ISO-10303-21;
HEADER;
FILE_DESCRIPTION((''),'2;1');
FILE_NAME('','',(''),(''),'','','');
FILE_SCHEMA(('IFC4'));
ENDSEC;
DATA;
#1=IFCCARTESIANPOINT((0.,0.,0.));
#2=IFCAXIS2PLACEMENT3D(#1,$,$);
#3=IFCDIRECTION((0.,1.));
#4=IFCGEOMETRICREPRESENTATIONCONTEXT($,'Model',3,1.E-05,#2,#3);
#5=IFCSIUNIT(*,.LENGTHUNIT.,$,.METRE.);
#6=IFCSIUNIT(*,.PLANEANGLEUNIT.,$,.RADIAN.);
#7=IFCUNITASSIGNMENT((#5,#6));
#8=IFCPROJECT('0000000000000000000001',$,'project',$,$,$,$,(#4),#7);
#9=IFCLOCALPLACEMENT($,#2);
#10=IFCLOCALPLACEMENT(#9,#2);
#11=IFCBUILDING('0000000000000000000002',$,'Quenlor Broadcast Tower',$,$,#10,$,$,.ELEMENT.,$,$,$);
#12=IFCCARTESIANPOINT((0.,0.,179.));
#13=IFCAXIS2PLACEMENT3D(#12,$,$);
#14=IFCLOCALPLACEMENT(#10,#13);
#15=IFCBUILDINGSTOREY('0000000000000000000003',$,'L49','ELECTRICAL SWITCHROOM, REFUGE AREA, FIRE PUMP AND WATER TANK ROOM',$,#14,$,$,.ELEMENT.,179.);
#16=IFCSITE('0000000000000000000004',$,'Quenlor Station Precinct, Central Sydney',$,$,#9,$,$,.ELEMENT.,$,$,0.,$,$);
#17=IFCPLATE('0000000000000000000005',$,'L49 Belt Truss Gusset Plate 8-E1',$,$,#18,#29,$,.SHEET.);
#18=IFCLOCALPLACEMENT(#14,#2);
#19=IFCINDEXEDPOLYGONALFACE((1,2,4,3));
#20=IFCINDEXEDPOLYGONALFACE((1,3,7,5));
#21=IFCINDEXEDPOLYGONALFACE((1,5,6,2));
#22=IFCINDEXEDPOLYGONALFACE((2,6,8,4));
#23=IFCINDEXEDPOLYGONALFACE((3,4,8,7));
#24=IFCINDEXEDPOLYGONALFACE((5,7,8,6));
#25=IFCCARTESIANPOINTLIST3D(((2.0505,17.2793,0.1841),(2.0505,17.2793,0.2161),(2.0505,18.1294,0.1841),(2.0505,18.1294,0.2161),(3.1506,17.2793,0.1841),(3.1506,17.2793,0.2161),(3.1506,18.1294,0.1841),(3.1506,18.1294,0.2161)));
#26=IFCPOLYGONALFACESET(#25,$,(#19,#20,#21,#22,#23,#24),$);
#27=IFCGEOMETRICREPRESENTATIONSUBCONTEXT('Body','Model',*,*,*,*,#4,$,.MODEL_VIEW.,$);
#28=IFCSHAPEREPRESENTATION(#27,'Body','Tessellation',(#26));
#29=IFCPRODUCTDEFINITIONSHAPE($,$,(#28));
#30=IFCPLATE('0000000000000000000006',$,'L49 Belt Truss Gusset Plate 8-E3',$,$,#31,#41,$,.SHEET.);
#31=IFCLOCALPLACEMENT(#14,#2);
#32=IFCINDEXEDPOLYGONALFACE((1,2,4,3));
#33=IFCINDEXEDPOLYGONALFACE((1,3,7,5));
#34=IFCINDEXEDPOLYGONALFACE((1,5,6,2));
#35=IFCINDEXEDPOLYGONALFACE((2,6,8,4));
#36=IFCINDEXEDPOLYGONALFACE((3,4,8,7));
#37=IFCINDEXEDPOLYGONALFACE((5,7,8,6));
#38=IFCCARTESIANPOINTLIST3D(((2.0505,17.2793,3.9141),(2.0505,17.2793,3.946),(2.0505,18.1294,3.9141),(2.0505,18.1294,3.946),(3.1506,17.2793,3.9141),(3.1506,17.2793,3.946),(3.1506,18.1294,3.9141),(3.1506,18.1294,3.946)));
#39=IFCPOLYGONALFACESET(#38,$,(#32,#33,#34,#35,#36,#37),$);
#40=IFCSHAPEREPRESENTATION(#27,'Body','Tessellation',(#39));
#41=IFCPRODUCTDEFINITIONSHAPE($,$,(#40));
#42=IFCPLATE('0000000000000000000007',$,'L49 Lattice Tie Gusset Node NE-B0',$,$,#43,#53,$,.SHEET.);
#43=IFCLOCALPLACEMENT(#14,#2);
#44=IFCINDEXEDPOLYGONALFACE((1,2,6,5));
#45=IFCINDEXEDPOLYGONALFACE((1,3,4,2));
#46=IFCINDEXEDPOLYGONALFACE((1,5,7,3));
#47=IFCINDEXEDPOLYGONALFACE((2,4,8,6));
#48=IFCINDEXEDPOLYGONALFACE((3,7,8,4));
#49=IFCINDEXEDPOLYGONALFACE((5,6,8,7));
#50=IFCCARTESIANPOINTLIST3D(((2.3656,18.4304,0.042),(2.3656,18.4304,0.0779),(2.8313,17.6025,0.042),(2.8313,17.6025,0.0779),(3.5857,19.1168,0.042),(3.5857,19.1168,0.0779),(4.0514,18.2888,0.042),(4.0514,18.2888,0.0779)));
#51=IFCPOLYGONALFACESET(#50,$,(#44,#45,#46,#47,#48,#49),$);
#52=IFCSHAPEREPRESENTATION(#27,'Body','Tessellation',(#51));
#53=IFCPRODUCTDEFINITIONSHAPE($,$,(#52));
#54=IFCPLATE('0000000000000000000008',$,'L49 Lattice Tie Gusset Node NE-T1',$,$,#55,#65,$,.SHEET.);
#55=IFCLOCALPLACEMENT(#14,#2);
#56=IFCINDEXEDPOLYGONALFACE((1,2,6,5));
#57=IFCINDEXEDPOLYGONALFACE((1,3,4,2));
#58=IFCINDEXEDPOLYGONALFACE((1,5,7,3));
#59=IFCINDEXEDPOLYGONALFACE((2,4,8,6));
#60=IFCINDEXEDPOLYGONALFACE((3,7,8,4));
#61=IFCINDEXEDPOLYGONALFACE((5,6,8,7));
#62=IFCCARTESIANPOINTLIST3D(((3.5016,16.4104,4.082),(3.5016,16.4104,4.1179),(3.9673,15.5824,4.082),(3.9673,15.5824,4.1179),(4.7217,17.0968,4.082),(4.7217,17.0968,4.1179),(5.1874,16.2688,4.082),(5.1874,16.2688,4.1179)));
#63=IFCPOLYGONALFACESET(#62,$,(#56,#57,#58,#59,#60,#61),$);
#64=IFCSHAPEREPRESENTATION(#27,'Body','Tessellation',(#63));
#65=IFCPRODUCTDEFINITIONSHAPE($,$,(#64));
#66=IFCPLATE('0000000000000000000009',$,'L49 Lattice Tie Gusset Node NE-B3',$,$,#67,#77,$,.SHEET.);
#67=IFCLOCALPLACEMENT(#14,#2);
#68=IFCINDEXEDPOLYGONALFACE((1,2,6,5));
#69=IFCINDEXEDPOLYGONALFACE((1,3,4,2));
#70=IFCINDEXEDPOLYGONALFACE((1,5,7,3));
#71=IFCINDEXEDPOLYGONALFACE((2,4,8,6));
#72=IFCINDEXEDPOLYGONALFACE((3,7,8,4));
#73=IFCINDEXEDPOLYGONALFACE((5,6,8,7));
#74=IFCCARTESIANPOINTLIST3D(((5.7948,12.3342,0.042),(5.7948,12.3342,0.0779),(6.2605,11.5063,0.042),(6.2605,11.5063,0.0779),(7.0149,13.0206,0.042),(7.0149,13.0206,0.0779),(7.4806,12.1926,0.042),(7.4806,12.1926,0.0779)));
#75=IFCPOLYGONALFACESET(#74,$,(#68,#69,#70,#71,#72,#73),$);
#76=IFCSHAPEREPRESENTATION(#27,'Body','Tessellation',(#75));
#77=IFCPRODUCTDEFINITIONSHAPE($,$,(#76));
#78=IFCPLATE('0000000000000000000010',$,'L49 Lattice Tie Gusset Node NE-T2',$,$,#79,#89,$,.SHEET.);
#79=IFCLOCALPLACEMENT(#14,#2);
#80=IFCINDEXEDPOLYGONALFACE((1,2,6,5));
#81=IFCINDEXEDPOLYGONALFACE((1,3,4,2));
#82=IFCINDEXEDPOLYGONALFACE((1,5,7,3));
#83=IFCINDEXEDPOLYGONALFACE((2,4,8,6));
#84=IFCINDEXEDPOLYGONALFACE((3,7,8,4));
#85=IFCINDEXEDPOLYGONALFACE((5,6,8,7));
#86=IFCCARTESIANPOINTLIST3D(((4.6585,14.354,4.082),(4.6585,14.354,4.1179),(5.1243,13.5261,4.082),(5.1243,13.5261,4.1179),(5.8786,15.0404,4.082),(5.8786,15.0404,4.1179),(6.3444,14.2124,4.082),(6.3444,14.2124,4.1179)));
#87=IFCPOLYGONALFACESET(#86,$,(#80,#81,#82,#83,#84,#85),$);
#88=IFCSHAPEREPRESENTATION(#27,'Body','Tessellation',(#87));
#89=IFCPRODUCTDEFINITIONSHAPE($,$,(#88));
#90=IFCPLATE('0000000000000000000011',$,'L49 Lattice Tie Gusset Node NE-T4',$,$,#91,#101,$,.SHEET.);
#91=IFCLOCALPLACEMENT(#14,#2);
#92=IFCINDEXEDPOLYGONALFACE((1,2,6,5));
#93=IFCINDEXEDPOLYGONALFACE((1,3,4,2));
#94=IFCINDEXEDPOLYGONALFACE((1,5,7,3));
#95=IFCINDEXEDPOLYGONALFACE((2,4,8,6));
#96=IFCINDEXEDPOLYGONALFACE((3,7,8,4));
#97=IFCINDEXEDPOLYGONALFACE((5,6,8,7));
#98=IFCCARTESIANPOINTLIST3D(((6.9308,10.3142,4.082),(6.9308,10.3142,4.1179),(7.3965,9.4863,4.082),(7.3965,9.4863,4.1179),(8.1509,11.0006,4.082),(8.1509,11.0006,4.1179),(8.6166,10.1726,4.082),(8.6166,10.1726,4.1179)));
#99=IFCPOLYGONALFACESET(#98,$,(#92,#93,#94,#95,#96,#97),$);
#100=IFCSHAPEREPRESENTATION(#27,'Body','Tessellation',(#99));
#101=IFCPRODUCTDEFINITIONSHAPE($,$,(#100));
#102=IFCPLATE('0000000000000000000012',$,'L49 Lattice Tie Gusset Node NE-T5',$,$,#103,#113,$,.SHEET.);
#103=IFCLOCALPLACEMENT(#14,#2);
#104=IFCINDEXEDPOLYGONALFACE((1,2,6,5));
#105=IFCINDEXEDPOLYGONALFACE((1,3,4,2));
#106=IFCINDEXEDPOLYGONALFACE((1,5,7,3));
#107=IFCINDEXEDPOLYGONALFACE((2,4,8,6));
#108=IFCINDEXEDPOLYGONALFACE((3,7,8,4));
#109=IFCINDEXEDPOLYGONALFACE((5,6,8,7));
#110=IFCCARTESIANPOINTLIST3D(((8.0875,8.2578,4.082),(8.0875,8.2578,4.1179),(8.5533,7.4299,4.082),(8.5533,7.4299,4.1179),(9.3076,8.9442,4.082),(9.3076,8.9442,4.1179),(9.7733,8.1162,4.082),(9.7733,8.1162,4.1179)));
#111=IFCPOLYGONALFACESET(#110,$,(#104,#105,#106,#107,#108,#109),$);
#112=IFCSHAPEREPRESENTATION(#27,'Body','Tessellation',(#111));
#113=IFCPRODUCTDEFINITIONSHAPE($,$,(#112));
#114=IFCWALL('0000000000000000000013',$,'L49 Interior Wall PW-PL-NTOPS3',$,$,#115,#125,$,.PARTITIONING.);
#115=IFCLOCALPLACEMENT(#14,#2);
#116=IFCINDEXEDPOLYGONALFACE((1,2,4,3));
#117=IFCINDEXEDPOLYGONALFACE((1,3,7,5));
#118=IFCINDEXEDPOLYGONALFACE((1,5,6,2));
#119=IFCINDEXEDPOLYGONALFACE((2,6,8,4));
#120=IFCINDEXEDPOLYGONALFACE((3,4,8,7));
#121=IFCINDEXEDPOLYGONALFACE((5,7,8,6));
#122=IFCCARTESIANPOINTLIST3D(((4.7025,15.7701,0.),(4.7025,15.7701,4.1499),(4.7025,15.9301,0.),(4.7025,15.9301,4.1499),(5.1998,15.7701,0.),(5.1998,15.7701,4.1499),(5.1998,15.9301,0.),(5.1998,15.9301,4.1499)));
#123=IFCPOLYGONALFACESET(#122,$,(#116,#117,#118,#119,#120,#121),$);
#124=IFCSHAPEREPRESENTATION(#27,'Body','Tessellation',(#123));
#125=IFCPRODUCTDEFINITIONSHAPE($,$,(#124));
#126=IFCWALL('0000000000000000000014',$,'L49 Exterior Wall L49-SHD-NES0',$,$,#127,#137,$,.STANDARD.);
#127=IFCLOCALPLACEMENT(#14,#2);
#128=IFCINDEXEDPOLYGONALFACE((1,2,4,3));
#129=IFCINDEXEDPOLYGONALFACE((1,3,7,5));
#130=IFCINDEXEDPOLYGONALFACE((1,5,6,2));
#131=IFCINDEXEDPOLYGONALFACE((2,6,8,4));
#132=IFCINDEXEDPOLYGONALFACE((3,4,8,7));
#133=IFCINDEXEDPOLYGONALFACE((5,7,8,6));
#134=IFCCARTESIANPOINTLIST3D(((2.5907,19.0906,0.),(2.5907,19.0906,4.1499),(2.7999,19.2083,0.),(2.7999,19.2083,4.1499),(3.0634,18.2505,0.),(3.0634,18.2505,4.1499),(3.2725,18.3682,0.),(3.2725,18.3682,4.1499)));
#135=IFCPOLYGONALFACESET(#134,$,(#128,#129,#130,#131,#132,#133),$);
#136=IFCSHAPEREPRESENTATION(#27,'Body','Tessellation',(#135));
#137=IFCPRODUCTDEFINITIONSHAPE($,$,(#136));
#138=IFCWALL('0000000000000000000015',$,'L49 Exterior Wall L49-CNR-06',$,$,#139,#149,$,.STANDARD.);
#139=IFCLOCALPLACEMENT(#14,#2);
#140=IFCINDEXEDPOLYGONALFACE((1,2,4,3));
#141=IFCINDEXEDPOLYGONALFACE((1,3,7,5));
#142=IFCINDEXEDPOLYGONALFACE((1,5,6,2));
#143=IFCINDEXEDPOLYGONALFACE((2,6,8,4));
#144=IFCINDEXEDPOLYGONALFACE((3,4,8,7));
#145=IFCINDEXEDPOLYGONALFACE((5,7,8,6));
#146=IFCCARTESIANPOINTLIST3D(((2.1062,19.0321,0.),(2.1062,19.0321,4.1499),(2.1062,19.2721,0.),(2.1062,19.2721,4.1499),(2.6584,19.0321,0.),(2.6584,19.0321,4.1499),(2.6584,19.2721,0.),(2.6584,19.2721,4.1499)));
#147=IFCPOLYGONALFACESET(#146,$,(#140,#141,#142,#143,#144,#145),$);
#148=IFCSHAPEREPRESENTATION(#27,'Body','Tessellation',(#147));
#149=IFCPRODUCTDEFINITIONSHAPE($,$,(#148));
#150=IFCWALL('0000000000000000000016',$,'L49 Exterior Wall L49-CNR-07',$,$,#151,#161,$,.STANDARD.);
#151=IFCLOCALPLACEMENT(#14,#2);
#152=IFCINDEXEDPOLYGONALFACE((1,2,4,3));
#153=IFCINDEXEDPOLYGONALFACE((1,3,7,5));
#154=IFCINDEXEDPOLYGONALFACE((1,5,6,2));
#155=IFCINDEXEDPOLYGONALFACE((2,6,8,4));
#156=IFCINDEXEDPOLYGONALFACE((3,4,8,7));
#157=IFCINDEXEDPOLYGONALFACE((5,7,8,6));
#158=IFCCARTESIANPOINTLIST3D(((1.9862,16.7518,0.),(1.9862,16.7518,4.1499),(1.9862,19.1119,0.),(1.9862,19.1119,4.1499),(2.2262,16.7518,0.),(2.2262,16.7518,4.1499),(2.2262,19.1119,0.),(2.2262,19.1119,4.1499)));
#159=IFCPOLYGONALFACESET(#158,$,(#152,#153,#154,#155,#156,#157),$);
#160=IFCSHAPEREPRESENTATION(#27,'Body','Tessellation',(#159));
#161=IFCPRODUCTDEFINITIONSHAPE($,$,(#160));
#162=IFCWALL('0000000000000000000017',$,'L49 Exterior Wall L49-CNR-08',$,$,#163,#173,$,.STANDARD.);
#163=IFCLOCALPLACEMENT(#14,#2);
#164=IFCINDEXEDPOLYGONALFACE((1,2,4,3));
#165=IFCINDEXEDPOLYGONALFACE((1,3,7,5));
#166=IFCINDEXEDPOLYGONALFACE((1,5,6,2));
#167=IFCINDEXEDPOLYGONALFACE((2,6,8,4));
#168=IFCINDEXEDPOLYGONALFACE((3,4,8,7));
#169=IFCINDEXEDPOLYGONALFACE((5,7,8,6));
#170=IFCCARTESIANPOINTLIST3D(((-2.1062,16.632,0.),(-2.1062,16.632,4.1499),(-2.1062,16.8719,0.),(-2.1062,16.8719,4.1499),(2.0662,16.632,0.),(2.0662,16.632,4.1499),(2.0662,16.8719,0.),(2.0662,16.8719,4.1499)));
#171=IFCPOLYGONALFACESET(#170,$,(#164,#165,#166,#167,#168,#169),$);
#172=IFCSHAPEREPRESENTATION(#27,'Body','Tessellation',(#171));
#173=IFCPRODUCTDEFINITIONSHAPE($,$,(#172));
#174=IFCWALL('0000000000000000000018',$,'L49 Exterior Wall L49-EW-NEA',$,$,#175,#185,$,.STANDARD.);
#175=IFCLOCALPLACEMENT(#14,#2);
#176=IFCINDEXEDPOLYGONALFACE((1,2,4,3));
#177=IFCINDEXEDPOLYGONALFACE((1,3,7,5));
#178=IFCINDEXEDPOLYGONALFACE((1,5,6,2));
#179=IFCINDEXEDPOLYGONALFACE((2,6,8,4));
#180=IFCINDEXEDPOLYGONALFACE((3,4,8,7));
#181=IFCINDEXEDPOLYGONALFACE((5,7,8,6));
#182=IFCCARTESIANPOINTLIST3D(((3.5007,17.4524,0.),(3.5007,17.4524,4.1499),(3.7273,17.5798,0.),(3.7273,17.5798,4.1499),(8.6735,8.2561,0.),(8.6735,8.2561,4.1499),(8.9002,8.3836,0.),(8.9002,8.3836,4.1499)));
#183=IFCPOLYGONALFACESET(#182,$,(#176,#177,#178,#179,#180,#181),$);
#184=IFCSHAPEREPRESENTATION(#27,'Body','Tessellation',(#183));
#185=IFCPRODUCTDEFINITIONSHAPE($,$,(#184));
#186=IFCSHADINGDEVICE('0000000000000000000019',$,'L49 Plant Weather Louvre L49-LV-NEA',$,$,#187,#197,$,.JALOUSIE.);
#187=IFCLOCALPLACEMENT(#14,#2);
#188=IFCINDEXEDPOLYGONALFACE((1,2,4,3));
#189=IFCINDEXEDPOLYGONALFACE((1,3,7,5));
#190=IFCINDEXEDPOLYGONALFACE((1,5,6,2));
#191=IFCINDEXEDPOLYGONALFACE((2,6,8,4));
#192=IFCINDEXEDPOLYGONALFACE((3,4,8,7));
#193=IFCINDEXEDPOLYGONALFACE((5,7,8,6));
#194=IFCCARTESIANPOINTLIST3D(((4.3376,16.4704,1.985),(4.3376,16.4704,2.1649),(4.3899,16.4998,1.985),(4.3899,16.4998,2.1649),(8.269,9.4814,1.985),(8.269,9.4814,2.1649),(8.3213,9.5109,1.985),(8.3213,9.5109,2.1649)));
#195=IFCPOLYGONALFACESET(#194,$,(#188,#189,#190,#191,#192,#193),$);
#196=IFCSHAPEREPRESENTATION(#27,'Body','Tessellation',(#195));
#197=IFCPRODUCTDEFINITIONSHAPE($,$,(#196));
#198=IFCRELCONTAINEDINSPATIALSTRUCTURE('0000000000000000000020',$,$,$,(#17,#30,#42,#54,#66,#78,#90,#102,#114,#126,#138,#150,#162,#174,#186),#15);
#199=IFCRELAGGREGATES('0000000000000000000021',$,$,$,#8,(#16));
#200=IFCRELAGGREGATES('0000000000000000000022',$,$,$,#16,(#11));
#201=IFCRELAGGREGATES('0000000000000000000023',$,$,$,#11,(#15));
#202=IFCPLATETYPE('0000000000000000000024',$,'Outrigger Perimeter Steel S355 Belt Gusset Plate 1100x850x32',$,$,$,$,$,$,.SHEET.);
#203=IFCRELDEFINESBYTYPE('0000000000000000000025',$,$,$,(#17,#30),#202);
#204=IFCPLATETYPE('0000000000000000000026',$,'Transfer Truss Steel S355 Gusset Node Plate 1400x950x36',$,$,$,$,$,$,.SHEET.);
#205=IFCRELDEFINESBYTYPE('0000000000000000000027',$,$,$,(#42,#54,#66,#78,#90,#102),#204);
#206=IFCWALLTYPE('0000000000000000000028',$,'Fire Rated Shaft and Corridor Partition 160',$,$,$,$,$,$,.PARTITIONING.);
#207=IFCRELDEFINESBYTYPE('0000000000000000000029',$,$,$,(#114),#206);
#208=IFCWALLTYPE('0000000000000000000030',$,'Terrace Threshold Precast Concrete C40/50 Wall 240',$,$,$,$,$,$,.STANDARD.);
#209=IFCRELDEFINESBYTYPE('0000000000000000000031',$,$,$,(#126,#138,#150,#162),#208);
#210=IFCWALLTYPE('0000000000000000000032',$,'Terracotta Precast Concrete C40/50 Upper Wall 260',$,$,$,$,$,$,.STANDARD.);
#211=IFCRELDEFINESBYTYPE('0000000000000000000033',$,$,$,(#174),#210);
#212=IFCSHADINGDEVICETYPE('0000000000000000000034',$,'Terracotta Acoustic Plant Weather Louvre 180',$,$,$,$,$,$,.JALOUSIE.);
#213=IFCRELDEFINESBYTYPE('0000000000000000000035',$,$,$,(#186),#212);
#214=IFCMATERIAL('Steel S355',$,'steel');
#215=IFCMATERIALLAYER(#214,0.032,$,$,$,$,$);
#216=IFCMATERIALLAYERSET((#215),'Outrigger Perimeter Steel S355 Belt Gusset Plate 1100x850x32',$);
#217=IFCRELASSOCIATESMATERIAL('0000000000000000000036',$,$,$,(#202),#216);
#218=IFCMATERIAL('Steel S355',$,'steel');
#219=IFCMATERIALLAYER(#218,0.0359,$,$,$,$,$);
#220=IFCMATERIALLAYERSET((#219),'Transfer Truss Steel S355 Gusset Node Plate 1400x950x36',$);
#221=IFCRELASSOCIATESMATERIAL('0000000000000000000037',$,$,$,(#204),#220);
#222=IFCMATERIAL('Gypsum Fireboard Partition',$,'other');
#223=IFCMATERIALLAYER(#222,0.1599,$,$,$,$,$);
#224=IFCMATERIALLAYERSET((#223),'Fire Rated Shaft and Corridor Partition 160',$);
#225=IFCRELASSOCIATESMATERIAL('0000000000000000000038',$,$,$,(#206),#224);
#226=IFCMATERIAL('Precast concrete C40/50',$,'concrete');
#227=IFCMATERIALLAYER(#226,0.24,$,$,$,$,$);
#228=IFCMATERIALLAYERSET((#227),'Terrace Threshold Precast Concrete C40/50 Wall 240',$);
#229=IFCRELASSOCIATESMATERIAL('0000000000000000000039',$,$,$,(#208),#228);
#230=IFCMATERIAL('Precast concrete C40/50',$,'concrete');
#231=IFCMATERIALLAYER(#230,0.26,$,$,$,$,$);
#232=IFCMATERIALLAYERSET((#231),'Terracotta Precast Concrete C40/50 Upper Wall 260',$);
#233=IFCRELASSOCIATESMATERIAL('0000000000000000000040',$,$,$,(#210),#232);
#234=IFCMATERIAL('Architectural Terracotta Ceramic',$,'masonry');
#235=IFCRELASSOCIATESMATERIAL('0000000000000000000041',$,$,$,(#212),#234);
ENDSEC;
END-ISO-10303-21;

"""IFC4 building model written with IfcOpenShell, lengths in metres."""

from ifc_helpers import new_model, si_unit, direction, frame, frame_2d, origin, origin_2d, place, context, subcontext, project, spatial, rectangle, extrude, material, layer, layer_set, material_profile, profile_set, type_object, element, save


model = new_model("IFC4")

# Units and contexts
model_context = context("Model", 3, precision=1e-05, world=origin(), true_north=direction((0.0, 1.0)))
body_context = subcontext(model_context, "Body", "Model", "MODEL_VIEW")
ifc_project = project(units=[si_unit("LENGTHUNIT", "METRE"), si_unit("PLANEANGLEUNIT", "RADIAN")], contexts=[model_context])

# Site, building, storey
site_placement = place(None, origin())
site = spatial("IfcSite", under=ifc_project, at=site_placement, Name="Quenlor Station Precinct, Central Sydney", CompositionType="ELEMENT", RefElevation=0.0)
building_placement = place(site_placement, origin())
building = spatial("IfcBuilding", under=site, at=building_placement, Name="Quenlor Broadcast Tower", CompositionType="ELEMENT")
storey_placement = place(building_placement, frame((0.0, 0.0, 179.0)))
storey = spatial("IfcBuildingStorey", under=building, at=storey_placement, Name="L49", Description="ELECTRICAL SWITCHROOM, REFUGE AREA, FIRE PUMP AND WATER TANK ROOM", CompositionType="ELEMENT", Elevation=179.0)

# Plates
ifc_material_1 = material(Name="Steel S355", Category="steel")
ifc_layer_1 = layer(ifc_material_1, 0.032)
ifc_layer_set_1 = layer_set([ifc_layer_1], Name="Outrigger Perimeter Steel S355 Belt Gusset Plate 1100x850x32")
plate_type_1 = type_object("IfcPlateType", Name="Outrigger Perimeter Steel S355 Belt Gusset Plate 1100x850x32", PredefinedType="SHEET", material=ifc_layer_set_1)
for number, where, z_axis, x_axis, name in (
    (1, (2.6006, 17.7043, 0.1841), (0.0, 0.0, 1.0), (1.0, 0.0, 0.0), "L49 Belt Truss Gusset Plate 8-E1"),
    (2, (2.6006, 17.7043, 3.9141), (0.0, 0.0, 1.0), (1.0, 0.0, 0.0), "L49 Belt Truss Gusset Plate 8-E3"),
):
    element("IfcPlate", number, at=place(storey_placement, frame(where, z_axis=z_axis, x_axis=x_axis)), inside=storey, type_object=plate_type_1, Name=name, PredefinedType="SHEET", context=body_context, shape_type="SweptSolid", body=[
        extrude(rectangle(XDim=1.1001, YDim=0.8501, at=origin_2d()), origin(), (0.0, 0.0, 1.0), 0.032),
    ])
ifc_material_2 = material(Name="Steel S355", Category="steel")
ifc_layer_2 = layer(ifc_material_2, 0.0359)
ifc_layer_set_2 = layer_set([ifc_layer_2], Name="Transfer Truss Steel S355 Gusset Node Plate 1400x950x36")
plate_type_2 = type_object("IfcPlateType", Name="Transfer Truss Steel S355 Gusset Node Plate 1400x950x36", PredefinedType="SHEET", material=ifc_layer_set_2)
for number, where, z_axis, x_axis, name in (
    (3, (3.2085, 18.3596, 0.042), (0.0, 0.0, 1.0), (0.871556, 0.490295, 0.0), "L49 Lattice Tie Gusset Node NE-B0"),
    (4, (4.3445, 16.3396, 4.082), (0.0, 0.0, 1.0), (0.871556, 0.490295, 0.0), "L49 Lattice Tie Gusset Node NE-T1"),
    (5, (6.6377, 12.2634, 0.042), (0.0, 0.0, 1.0), (0.871556, 0.490295, 0.0), "L49 Lattice Tie Gusset Node NE-B3"),
    (6, (5.5015, 14.2832, 4.082), (0.0, 0.0, 1.0), (0.871556, 0.490295, 0.0), "L49 Lattice Tie Gusset Node NE-T2"),
    (7, (7.7737, 10.2434, 4.082), (0.0, 0.0, 1.0), (0.871556, 0.490295, 0.0), "L49 Lattice Tie Gusset Node NE-T4"),
    (8, (8.9304, 8.187, 4.082), (0.0, 0.0, 1.0), (0.871556, 0.490295, 0.0), "L49 Lattice Tie Gusset Node NE-T5"),
):
    element("IfcPlate", number, at=place(storey_placement, frame(where, z_axis=z_axis, x_axis=x_axis)), inside=storey, type_object=plate_type_2, Name=name, PredefinedType="SHEET", context=body_context, shape_type="SweptSolid", body=[
        extrude(rectangle(XDim=1.3999, YDim=0.95, at=origin_2d()), origin(), (0.0, 0.0, 1.0), 0.0359),
    ])

# Walls
ifc_material_3 = material(Name="Gypsum Fireboard Partition", Category="other")
ifc_layer_3 = layer(ifc_material_3, 0.1599)
ifc_layer_set_3 = layer_set([ifc_layer_3], Name="Fire Rated Shaft and Corridor Partition 160")
wall_type_1 = type_object("IfcWallType", Name="Fire Rated Shaft and Corridor Partition 160", PredefinedType="PARTITIONING", material=ifc_layer_set_3)
wall_1_placement = place(storey_placement, frame((4.7026, 15.8501, 0.0), z_axis=(0.0, 0.0, 1.0), x_axis=(1.0, 0.0, 0.0)))
element("IfcWall", 9, at=wall_1_placement, inside=storey, type_object=wall_type_1, Name="L49 Interior Wall PW-PL-NTOPS3", PredefinedType="PARTITIONING", context=body_context, shape_type="SweptSolid", body=[
    extrude(rectangle(XDim=0.4973, YDim=0.1599, at=frame_2d((0.2485, 0.0))), origin(), (0.0, 0.0, 1.0), 4.1499),
])
ifc_material_4 = material(Name="Precast concrete C40/50", Category="concrete")
ifc_layer_4 = layer(ifc_material_4, 0.24)
ifc_layer_set_4 = layer_set([ifc_layer_4], Name="Terrace Threshold Precast Concrete C40/50 Wall 240")
wall_type_2 = type_object("IfcWallType", Name="Terrace Threshold Precast Concrete C40/50 Wall 240", PredefinedType="STANDARD", material=ifc_layer_set_4)
wall_2_placement = place(storey_placement, frame((2.6953, 19.1494, 0.0), z_axis=(0.0, 0.0, 1.0), x_axis=(0.490345, -0.871528, 0.0)))
element("IfcWall", 10, at=wall_2_placement, inside=storey, type_object=wall_type_2, Name="L49 Exterior Wall L49-SHD-NES0", PredefinedType="STANDARD", context=body_context, shape_type="SweptSolid", body=[
    extrude(rectangle(XDim=0.9639, YDim=0.24, at=frame_2d((0.4819, 0.0))), origin(), (0.0, 0.0, 1.0), 4.1499),
])
wall_3_placement = place(storey_placement, frame((2.6584, 19.1521, 0.0), z_axis=(0.0, 0.0, 1.0), x_axis=(-1.0, 0.0, 0.0)))
element("IfcWall", 11, at=wall_3_placement, inside=storey, type_object=wall_type_2, Name="L49 Exterior Wall L49-CNR-06", PredefinedType="STANDARD", context=body_context, shape_type="SweptSolid", body=[
    extrude(rectangle(XDim=0.5522, YDim=0.24, at=frame_2d((0.2761, 0.0))), origin(), (0.0, 0.0, 1.0), 4.1499),
])
wall_4_placement = place(storey_placement, frame((2.1062, 19.1121, 0.0), z_axis=(0.0, 0.0, 1.0), x_axis=(0.0, -1.0, 0.0)))
element("IfcWall", 12, at=wall_4_placement, inside=storey, type_object=wall_type_2, Name="L49 Exterior Wall L49-CNR-07", PredefinedType="STANDARD", context=body_context, shape_type="SweptSolid", body=[
    extrude(rectangle(XDim=2.3601, YDim=0.24, at=frame_2d((1.1802, 0.0))), origin(), (0.0, 0.0, 1.0), 4.1499),
])
wall_5_placement = place(storey_placement, frame((2.0662, 16.752, 0.0), z_axis=(0.0, 0.0, 1.0), x_axis=(-1.0, 0.0, 0.0)))
element("IfcWall", 13, at=wall_5_placement, inside=storey, type_object=wall_type_2, Name="L49 Exterior Wall L49-CNR-08", PredefinedType="STANDARD", context=body_context, shape_type="SweptSolid", body=[
    extrude(rectangle(XDim=4.1724, YDim=0.24, at=frame_2d((2.0862, 0.0))), origin(), (0.0, 0.0, 1.0), 4.1499),
])
ifc_material_5 = material(Name="Precast concrete C40/50", Category="concrete")
ifc_layer_5 = layer(ifc_material_5, 0.26)
ifc_layer_set_5 = layer_set([ifc_layer_5], Name="Terracotta Precast Concrete C40/50 Upper Wall 260")
wall_type_3 = type_object("IfcWallType", Name="Terracotta Precast Concrete C40/50 Upper Wall 260", PredefinedType="STANDARD", material=ifc_layer_set_5)
wall_6_placement = place(storey_placement, frame((3.614, 17.5161, 0.0), z_axis=(0.0, 0.0, 1.0), x_axis=(0.490257, -0.871578, 0.0)))
element("IfcWall", 14, at=wall_6_placement, inside=storey, type_object=wall_type_3, Name="L49 Exterior Wall L49-EW-NEA", PredefinedType="STANDARD", context=body_context, shape_type="SweptSolid", body=[
    extrude(rectangle(XDim=10.5513, YDim=0.26, at=frame_2d((5.2756, 0.0))), origin(), (0.0, 0.0, 1.0), 4.1499),
])

# Shading device
ifc_material_6 = material(Name="Architectural Terracotta Ceramic", Category="masonry")
ifc_material_profile_1 = material_profile(ifc_material_6, rectangle(XDim=0.0601, YDim=0.1799, at=origin_2d()))
ifc_profile_set_1 = profile_set([ifc_material_profile_1], Name="Architectural Terracotta Ceramic LVR60x180")
shading_device_type = type_object("IfcShadingDeviceType", Name="Terracotta Acoustic Plant Weather Louvre 180", PredefinedType="JALOUSIE", material=ifc_profile_set_1)
shading_device_placement = place(storey_placement, frame((4.3638, 16.4851, 2.075), z_axis=(0.490268, -0.871571, 0.0), x_axis=(0.871571, 0.490268, 0.0)))
element("IfcShadingDevice", 15, at=shading_device_placement, inside=storey, type_object=shading_device_type, Name="L49 Plant Weather Louvre L49-LV-NEA", PredefinedType="JALOUSIE", context=body_context, shape_type="SweptSolid", body=[
    extrude(rectangle(XDim=0.0601, YDim=0.1799, at=origin_2d()), origin(), (0.0, 0.0, 1.0), 8.0188),
])

save(model, "model.ifc")
